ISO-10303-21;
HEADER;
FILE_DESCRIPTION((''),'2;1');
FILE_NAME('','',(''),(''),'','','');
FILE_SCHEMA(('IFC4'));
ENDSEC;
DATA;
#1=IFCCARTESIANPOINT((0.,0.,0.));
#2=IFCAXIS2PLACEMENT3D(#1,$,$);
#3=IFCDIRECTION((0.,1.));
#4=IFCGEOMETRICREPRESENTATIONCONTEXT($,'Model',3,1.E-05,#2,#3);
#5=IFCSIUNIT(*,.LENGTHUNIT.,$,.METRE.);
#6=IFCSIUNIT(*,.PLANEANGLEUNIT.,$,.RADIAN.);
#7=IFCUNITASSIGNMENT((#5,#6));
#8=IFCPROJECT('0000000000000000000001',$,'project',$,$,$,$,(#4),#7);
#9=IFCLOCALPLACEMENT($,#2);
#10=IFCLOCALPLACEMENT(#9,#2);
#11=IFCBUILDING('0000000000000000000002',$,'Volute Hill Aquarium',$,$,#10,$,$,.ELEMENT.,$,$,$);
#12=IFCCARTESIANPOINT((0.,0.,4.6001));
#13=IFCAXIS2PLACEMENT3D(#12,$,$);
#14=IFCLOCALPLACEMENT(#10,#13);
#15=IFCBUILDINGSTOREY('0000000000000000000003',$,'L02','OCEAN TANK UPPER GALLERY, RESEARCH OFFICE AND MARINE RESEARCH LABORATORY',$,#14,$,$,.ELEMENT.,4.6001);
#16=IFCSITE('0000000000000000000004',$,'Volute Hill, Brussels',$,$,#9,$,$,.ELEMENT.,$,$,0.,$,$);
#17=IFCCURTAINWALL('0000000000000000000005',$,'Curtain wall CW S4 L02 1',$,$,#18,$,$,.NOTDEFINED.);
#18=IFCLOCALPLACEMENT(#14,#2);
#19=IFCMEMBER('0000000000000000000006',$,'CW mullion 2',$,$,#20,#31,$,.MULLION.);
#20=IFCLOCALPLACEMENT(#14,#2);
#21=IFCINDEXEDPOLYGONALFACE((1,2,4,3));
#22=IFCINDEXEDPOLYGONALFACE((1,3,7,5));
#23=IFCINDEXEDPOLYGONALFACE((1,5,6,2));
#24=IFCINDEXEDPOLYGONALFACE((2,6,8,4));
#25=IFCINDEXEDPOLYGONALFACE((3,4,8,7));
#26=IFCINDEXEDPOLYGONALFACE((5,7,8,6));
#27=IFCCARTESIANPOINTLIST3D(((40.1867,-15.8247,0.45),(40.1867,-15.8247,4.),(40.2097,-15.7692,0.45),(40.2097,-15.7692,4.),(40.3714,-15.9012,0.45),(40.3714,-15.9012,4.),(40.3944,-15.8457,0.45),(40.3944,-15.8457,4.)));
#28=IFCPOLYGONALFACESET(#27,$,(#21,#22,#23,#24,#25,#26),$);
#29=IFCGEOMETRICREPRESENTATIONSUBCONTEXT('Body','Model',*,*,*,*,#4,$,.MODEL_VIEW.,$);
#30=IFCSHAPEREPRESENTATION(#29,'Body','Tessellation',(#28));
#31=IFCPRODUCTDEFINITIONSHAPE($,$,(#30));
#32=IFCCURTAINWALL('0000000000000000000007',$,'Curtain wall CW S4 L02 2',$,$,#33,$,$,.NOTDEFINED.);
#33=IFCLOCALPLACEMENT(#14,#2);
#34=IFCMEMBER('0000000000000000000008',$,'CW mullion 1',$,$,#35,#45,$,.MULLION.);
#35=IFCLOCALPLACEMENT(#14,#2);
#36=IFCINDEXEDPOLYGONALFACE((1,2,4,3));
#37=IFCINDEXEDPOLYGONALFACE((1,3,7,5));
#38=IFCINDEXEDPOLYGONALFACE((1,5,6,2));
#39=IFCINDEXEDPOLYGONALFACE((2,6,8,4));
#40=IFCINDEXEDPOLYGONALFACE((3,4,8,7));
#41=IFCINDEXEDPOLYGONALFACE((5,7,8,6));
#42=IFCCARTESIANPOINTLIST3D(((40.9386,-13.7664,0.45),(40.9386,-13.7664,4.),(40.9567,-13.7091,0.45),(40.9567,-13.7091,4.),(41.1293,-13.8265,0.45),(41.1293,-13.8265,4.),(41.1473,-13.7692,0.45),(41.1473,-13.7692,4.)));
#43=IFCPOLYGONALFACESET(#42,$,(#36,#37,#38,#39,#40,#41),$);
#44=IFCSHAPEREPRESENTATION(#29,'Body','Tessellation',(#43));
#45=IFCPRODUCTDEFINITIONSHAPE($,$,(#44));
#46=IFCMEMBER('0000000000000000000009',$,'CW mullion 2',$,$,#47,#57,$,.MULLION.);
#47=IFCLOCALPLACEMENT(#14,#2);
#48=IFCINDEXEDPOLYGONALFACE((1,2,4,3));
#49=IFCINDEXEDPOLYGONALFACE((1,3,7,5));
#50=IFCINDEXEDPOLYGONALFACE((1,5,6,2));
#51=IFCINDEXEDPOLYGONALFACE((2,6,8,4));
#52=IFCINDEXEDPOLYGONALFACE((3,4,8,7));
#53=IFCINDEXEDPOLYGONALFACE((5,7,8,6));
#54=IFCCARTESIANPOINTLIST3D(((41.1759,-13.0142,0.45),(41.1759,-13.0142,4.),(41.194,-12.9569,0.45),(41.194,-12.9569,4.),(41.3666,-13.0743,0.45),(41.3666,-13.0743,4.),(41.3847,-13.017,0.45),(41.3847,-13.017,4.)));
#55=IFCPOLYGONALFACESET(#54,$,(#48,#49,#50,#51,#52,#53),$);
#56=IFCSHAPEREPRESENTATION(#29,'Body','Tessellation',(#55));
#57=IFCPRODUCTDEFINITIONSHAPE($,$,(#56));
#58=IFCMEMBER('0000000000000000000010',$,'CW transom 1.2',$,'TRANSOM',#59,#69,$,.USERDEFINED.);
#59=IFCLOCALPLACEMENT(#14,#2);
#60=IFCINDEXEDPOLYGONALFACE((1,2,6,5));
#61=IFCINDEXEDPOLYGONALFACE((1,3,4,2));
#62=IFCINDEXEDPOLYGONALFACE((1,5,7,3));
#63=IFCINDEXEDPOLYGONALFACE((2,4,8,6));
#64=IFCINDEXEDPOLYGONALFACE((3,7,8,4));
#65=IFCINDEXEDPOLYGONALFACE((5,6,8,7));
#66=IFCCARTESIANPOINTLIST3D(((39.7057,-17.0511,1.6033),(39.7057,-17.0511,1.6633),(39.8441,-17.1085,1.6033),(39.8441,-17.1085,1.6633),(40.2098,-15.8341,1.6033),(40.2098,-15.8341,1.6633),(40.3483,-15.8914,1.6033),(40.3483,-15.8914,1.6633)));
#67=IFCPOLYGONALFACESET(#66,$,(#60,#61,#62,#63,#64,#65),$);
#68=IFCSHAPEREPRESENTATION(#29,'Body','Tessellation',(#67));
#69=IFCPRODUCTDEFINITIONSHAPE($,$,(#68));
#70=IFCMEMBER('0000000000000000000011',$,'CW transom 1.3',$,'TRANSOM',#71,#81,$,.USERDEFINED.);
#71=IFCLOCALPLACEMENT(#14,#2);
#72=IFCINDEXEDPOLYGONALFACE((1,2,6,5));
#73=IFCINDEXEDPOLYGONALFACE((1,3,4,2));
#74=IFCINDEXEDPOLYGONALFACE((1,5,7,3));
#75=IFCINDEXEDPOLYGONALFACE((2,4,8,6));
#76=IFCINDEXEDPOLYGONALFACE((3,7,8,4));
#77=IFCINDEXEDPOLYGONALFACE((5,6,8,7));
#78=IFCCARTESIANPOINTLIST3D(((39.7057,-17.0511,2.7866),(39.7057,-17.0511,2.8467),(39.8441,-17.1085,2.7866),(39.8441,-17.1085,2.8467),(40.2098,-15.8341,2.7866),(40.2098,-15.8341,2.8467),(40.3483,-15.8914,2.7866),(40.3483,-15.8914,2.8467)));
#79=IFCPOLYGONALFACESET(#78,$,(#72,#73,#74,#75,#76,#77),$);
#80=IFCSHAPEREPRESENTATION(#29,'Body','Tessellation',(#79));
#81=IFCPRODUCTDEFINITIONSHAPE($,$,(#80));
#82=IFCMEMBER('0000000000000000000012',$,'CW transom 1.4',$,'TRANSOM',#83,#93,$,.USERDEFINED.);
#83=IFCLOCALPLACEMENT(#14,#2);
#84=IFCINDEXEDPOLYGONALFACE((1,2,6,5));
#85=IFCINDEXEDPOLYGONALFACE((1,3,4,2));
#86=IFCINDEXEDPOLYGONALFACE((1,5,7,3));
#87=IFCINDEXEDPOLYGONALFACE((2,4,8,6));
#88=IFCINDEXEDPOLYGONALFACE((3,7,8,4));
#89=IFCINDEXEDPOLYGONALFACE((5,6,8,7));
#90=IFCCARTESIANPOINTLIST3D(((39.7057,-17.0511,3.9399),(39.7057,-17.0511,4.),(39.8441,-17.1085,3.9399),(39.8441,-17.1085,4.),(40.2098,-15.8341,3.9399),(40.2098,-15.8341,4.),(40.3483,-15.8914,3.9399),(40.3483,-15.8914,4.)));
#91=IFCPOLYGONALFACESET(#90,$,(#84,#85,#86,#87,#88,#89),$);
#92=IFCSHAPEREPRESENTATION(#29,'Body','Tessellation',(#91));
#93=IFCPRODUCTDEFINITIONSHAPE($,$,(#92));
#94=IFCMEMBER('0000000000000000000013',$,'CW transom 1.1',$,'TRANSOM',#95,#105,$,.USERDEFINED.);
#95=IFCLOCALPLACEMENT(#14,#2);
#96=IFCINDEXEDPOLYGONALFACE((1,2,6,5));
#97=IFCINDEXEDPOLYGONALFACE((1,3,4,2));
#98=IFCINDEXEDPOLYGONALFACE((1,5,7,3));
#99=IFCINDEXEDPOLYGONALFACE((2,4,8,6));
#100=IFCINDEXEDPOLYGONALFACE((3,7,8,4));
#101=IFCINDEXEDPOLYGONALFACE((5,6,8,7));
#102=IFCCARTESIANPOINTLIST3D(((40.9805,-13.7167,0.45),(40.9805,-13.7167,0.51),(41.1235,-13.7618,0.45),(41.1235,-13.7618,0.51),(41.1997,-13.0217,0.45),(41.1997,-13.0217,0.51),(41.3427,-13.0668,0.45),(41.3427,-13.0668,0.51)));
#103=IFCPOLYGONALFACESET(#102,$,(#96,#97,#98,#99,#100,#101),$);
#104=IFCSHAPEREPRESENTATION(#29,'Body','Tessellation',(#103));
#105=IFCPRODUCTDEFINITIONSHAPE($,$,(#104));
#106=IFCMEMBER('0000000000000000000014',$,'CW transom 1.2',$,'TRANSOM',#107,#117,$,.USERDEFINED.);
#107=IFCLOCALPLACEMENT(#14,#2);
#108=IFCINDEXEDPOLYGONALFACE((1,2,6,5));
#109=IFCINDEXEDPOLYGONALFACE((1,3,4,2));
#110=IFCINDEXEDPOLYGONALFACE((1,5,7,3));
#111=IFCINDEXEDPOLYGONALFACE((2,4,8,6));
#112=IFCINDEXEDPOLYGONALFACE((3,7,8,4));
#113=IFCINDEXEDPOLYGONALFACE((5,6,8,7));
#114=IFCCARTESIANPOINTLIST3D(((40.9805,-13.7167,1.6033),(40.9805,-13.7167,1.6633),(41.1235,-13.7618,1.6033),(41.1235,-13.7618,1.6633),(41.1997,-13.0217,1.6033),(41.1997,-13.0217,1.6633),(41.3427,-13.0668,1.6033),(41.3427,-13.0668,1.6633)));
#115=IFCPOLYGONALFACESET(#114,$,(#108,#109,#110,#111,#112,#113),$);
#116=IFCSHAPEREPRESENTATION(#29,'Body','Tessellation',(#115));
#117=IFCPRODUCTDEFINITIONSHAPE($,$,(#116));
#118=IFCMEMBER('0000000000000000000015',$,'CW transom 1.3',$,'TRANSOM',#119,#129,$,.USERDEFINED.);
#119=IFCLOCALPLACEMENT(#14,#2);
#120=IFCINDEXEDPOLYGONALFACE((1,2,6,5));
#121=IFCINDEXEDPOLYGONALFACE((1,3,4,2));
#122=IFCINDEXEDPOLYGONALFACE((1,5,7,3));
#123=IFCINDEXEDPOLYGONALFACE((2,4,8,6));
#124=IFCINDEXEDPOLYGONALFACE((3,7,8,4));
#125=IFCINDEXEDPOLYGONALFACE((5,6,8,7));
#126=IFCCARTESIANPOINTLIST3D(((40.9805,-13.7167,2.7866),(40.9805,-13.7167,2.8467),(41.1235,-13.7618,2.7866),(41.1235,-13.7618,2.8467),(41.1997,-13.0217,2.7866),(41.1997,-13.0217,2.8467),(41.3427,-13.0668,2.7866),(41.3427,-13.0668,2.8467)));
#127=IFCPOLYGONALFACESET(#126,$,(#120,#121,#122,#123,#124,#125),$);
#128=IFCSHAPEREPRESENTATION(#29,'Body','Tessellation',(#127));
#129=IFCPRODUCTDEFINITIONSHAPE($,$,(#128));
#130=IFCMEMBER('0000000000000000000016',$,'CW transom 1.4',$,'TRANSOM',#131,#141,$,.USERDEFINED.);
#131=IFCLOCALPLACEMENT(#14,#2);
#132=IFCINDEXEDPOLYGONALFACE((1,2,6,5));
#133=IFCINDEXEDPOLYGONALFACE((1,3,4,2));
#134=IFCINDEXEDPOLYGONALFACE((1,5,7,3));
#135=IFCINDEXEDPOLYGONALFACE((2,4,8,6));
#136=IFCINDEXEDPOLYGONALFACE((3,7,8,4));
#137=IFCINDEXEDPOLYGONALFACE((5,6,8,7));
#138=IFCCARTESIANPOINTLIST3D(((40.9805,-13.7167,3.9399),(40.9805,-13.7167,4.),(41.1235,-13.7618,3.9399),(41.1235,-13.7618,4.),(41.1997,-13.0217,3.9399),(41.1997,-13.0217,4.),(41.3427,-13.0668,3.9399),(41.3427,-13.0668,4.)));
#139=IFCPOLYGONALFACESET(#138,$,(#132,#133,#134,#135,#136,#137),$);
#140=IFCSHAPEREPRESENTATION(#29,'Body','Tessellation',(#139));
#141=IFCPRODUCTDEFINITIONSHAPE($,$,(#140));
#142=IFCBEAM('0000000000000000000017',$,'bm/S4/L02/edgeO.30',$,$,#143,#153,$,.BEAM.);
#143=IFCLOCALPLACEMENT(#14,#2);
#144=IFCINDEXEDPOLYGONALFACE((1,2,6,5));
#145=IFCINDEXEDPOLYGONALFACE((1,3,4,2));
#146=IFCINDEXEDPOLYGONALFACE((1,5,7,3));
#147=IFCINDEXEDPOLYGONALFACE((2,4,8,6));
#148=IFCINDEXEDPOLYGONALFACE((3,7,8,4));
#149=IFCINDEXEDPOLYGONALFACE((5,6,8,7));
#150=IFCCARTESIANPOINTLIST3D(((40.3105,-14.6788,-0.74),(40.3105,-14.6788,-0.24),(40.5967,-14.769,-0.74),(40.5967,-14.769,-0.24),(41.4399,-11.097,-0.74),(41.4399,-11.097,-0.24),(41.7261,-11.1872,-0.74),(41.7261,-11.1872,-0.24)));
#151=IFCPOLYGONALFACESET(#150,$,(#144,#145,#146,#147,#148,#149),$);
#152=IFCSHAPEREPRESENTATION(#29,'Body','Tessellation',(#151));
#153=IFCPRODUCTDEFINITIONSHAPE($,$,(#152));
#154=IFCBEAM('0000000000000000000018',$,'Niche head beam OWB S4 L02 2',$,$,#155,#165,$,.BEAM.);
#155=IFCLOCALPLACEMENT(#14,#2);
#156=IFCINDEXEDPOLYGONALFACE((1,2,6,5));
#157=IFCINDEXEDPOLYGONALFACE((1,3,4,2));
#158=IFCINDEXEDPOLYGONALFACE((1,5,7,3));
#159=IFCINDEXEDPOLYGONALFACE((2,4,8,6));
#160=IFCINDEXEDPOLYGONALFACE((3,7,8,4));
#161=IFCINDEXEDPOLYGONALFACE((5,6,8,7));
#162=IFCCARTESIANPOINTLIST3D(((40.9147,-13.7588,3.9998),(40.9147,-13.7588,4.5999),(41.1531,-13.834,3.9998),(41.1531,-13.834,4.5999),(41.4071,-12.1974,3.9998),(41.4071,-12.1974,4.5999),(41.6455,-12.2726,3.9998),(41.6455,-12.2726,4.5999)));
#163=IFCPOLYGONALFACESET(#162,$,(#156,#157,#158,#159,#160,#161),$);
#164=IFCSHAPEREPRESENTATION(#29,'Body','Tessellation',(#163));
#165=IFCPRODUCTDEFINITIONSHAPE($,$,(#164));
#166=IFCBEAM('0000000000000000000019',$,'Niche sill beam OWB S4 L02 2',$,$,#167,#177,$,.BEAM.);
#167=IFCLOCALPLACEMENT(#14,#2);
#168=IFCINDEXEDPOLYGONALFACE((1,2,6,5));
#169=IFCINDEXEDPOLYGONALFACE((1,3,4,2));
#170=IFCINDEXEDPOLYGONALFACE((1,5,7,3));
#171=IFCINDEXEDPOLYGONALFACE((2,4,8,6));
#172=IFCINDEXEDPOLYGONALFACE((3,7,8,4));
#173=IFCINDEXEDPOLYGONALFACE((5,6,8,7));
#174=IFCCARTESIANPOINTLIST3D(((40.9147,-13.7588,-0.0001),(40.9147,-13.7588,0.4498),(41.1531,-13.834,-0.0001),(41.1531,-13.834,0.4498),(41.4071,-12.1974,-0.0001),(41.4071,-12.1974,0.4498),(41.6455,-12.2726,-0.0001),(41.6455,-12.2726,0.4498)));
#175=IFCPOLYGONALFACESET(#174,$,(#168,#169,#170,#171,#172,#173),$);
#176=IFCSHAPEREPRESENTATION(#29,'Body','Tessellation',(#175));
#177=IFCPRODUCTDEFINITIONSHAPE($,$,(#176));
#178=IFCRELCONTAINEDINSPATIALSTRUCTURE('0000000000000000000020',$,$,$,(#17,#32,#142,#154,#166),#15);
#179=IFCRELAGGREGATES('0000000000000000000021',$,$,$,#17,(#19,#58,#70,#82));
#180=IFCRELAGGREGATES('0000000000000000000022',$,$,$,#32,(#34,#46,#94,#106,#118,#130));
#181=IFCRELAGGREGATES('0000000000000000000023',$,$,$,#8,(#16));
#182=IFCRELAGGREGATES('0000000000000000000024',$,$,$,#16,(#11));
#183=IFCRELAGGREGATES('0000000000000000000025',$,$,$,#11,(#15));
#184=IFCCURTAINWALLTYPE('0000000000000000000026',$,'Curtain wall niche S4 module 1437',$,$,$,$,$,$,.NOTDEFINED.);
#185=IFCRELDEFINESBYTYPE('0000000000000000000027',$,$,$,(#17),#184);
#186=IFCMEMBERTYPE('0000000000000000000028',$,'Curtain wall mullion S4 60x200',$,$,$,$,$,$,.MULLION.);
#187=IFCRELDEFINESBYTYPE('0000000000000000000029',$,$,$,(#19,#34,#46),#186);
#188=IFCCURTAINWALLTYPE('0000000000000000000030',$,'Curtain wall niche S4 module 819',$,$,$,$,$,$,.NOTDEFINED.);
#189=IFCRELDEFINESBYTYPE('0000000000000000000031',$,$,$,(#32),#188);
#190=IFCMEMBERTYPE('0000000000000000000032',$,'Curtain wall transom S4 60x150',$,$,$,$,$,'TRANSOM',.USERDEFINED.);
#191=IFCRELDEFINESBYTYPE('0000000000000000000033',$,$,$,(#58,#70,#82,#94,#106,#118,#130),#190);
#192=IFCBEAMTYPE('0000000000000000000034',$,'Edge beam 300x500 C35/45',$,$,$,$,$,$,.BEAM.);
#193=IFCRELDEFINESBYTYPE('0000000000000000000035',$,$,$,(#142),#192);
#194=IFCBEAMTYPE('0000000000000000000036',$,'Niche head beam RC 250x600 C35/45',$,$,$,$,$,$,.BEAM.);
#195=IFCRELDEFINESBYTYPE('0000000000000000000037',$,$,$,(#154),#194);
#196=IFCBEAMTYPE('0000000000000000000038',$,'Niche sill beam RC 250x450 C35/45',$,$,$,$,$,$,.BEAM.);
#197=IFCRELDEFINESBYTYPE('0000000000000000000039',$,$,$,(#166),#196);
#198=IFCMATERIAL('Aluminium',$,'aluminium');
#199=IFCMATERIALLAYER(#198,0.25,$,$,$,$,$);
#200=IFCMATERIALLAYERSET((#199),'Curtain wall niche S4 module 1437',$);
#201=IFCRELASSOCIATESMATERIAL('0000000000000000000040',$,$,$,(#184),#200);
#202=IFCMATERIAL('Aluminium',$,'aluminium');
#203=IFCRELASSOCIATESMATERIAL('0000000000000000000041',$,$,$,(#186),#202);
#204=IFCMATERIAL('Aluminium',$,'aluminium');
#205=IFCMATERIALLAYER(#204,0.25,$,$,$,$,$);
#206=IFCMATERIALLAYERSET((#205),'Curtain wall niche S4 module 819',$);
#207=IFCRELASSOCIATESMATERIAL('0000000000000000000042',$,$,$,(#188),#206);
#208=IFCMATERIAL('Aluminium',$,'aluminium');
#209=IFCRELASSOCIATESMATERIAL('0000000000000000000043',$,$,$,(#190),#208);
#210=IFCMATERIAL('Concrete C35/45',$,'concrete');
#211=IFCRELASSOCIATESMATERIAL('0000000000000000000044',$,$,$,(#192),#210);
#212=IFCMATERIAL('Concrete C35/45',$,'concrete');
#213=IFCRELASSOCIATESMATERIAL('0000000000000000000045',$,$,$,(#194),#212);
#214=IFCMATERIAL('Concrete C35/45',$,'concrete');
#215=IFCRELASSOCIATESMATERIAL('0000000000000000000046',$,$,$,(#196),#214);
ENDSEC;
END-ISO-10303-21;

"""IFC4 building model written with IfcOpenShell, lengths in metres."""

from ifc_helpers import new_model, si_unit, direction, frame, origin, origin_2d, place, context, subcontext, project, spatial, rectangle, extrude, material, layer, layer_set, material_profile, profile_set, type_object, element, aggregate, save


model = new_model("IFC4")

# Units and contexts
model_context = context("Model", 3, precision=1e-05, world=origin(), true_north=direction((0.0, 1.0)))
body_context = subcontext(model_context, "Body", "Model", "MODEL_VIEW")
ifc_project = project(units=[si_unit("LENGTHUNIT", "METRE"), si_unit("PLANEANGLEUNIT", "RADIAN")], contexts=[model_context])

# Site, building, storey
site_placement = place(None, origin())
site = spatial("IfcSite", under=ifc_project, at=site_placement, Name="Volute Hill, Brussels", CompositionType="ELEMENT", RefElevation=0.0)
building_placement = place(site_placement, origin())
building = spatial("IfcBuilding", under=site, at=building_placement, Name="Volute Hill Aquarium", CompositionType="ELEMENT")
storey_placement = place(building_placement, frame((0.0, 0.0, 4.6001)))
storey = spatial("IfcBuildingStorey", under=building, at=storey_placement, Name="L02", Description="OCEAN TANK UPPER GALLERY, RESEARCH OFFICE AND MARINE RESEARCH LABORATORY", CompositionType="ELEMENT", Elevation=4.6001)

# Curtain wall, member
ifc_material_1 = material(Name="Aluminium", Category="aluminium")
ifc_layer_1 = layer(ifc_material_1, 0.25)
ifc_layer_set_1 = layer_set([ifc_layer_1], Name="Curtain wall niche S4 module 1437")
curtain_wall_type_1 = type_object("IfcCurtainWallType", Name="Curtain wall niche S4 module 1437", PredefinedType="NOTDEFINED", material=ifc_layer_set_1)
curtain_wall_1_placement = place(storey_placement, origin())
curtain_wall_1 = element("IfcCurtainWall", 1, at=curtain_wall_1_placement, inside=storey, type_object=curtain_wall_type_1, Name="Curtain wall CW S4 L02 1", PredefinedType="NOTDEFINED")
ifc_material_2 = material(Name="Aluminium", Category="aluminium")
ifc_material_profile_1 = material_profile(ifc_material_2, rectangle(XDim=0.2, YDim=0.0601, at=origin_2d()), Name="Curtain wall mullion S4 60x200")
ifc_profile_set_1 = profile_set([ifc_material_profile_1], Name="Aluminium")
member_type_1 = type_object("IfcMemberType", Name="Curtain wall mullion S4 60x200", PredefinedType="MULLION", material=ifc_profile_set_1)
member_1_placement = place(storey_placement, frame((40.2905, -15.8352, 0.45), z_axis=(0.0, 0.0, 1.0), x_axis=(-0.923874, 0.382697, 0.0)))
member_1 = element("IfcMember", 2, at=member_1_placement, type_object=member_type_1, Name="CW mullion 2", PredefinedType="MULLION", context=body_context, shape_type="SweptSolid", body=[
    extrude(rectangle(XDim=0.2, YDim=0.0601, at=origin_2d()), origin(), (0.0, 0.0, 1.0), 3.55),
])

# Curtain wall, members
ifc_material_3 = material(Name="Aluminium", Category="aluminium")
ifc_layer_2 = layer(ifc_material_3, 0.25)
ifc_layer_set_2 = layer_set([ifc_layer_2], Name="Curtain wall niche S4 module 819")
curtain_wall_type_2 = type_object("IfcCurtainWallType", Name="Curtain wall niche S4 module 819", PredefinedType="NOTDEFINED", material=ifc_layer_set_2)
curtain_wall_2_placement = place(storey_placement, origin())
curtain_wall_2 = element("IfcCurtainWall", 3, at=curtain_wall_2_placement, inside=storey, type_object=curtain_wall_type_2, Name="Curtain wall CW S4 L02 2", PredefinedType="NOTDEFINED")
member_2_placement = place(storey_placement, frame((41.043, -13.7678, 0.45), z_axis=(0.0, 0.0, 1.0), x_axis=(-0.953716, 0.30071, 0.0)))
member_2 = element("IfcMember", 4, at=member_2_placement, type_object=member_type_1, Name="CW mullion 1", PredefinedType="MULLION", context=body_context, shape_type="SweptSolid", body=[
    extrude(rectangle(XDim=0.2, YDim=0.0601, at=origin_2d()), origin(), (0.0, 0.0, 1.0), 3.55),
])
member_3_placement = place(storey_placement, frame((41.2803, -13.0156, 0.45), z_axis=(0.0, 0.0, 1.0), x_axis=(-0.953716, 0.30071, 0.0)))
member_3 = element("IfcMember", 5, at=member_3_placement, type_object=member_type_1, Name="CW mullion 2", PredefinedType="MULLION", context=body_context, shape_type="SweptSolid", body=[
    extrude(rectangle(XDim=0.2, YDim=0.0601, at=origin_2d()), origin(), (0.0, 0.0, 1.0), 3.55),
])

# Members
ifc_material_4 = material(Name="Aluminium", Category="aluminium")
ifc_material_profile_2 = material_profile(ifc_material_4, rectangle(XDim=0.1499, YDim=0.0601, at=origin_2d()), Name="Curtain wall transom S4 60x150")
ifc_profile_set_2 = profile_set([ifc_material_profile_2], Name="Aluminium")
member_type_2 = type_object("IfcMemberType", Name="Curtain wall transom S4 60x150", ElementType="TRANSOM", PredefinedType="USERDEFINED", material=ifc_profile_set_2)
member_4_placement = place(storey_placement, frame((39.7749, -17.0798, 1.6333), z_axis=(0.382706, 0.92387, 0.0), x_axis=(-0.92387, 0.382706, 0.0)))
member_4 = element("IfcMember", 6, at=member_4_placement, type_object=member_type_2, Name="CW transom 1.2", ObjectType="TRANSOM", PredefinedType="USERDEFINED", context=body_context, shape_type="SweptSolid", body=[
    extrude(rectangle(XDim=0.1499, YDim=0.0601, at=origin_2d()), origin(), (0.0, 0.0, 1.0), 1.3174),
])
member_5_placement = place(storey_placement, frame((39.7749, -17.0798, 2.8167), z_axis=(0.382706, 0.92387, 0.0), x_axis=(-0.92387, 0.382706, 0.0)))
member_5 = element("IfcMember", 7, at=member_5_placement, type_object=member_type_2, Name="CW transom 1.3", ObjectType="TRANSOM", PredefinedType="USERDEFINED", context=body_context, shape_type="SweptSolid", body=[
    extrude(rectangle(XDim=0.1499, YDim=0.0601, at=origin_2d()), origin(), (0.0, 0.0, 1.0), 1.3174),
])
member_6_placement = place(storey_placement, frame((39.7749, -17.0798, 3.97), z_axis=(0.382706, 0.92387, 0.0), x_axis=(-0.92387, 0.382706, 0.0)))
member_6 = element("IfcMember", 8, at=member_6_placement, type_object=member_type_2, Name="CW transom 1.4", ObjectType="TRANSOM", PredefinedType="USERDEFINED", context=body_context, shape_type="SweptSolid", body=[
    extrude(rectangle(XDim=0.1499, YDim=0.0601, at=origin_2d()), origin(), (0.0, 0.0, 1.0), 1.3174),
])
member_7_placement = place(storey_placement, frame((41.052, -13.7393, 0.48), z_axis=(0.300811, 0.953684, 0.0), x_axis=(-0.953684, 0.300811, 0.0)))
member_7 = element("IfcMember", 9, at=member_7_placement, type_object=member_type_2, Name="CW transom 1.1", ObjectType="TRANSOM", PredefinedType="USERDEFINED", context=body_context, shape_type="SweptSolid", body=[
    extrude(rectangle(XDim=0.1499, YDim=0.0601, at=origin_2d()), origin(), (0.0, 0.0, 1.0), 0.7288),
])
member_8_placement = place(storey_placement, frame((41.052, -13.7393, 1.6333), z_axis=(0.300811, 0.953684, 0.0), x_axis=(-0.953684, 0.300811, 0.0)))
member_8 = element("IfcMember", 10, at=member_8_placement, type_object=member_type_2, Name="CW transom 1.2", ObjectType="TRANSOM", PredefinedType="USERDEFINED", context=body_context, shape_type="SweptSolid", body=[
    extrude(rectangle(XDim=0.1499, YDim=0.0601, at=origin_2d()), origin(), (0.0, 0.0, 1.0), 0.7288),
])
member_9_placement = place(storey_placement, frame((41.052, -13.7393, 2.8167), z_axis=(0.300811, 0.953684, 0.0), x_axis=(-0.953684, 0.300811, 0.0)))
member_9 = element("IfcMember", 11, at=member_9_placement, type_object=member_type_2, Name="CW transom 1.3", ObjectType="TRANSOM", PredefinedType="USERDEFINED", context=body_context, shape_type="SweptSolid", body=[
    extrude(rectangle(XDim=0.1499, YDim=0.0601, at=origin_2d()), origin(), (0.0, 0.0, 1.0), 0.7288),
])
member_10_placement = place(storey_placement, frame((41.052, -13.7393, 3.97), z_axis=(0.300811, 0.953684, 0.0), x_axis=(-0.953684, 0.300811, 0.0)))
member_10 = element("IfcMember", 12, at=member_10_placement, type_object=member_type_2, Name="CW transom 1.4", ObjectType="TRANSOM", PredefinedType="USERDEFINED", context=body_context, shape_type="SweptSolid", body=[
    extrude(rectangle(XDim=0.1499, YDim=0.0601, at=origin_2d()), origin(), (0.0, 0.0, 1.0), 0.7288),
])

# Beams
ifc_material_5 = material(Name="Concrete C35/45", Category="concrete")
ifc_material_profile_3 = material_profile(ifc_material_5, rectangle(XDim=0.3, YDim=0.5, at=origin_2d()), Name="RC edge beam 300x500")
ifc_profile_set_3 = profile_set([ifc_material_profile_3], Name="Concrete C35/45")
beam_type_1 = type_object("IfcBeamType", Name="Edge beam 300x500 C35/45", PredefinedType="BEAM", material=ifc_profile_set_3)
beam_1_placement = place(storey_placement, frame((40.4536, -14.7239, -0.49), z_axis=(0.300721, 0.953712, 0.0), x_axis=(-0.953712, 0.300721, 0.0)))
element("IfcBeam", 13, at=beam_1_placement, inside=storey, type_object=beam_type_1, Name="bm/S4/L02/edgeO.30", PredefinedType="BEAM", context=body_context, shape_type="SweptSolid", body=[
    extrude(rectangle(XDim=0.3, YDim=0.5, at=origin_2d()), origin(), (0.0, 0.0, 1.0), 3.7556),
])
ifc_material_6 = material(Name="Concrete C35/45", Category="concrete")
ifc_material_profile_4 = material_profile(ifc_material_6, rectangle(XDim=0.25, YDim=0.6001, at=origin_2d()), Name="RC beam 250x600")
ifc_profile_set_4 = profile_set([ifc_material_profile_4], Name="Concrete C35/45")
beam_type_2 = type_object("IfcBeamType", Name="Niche head beam RC 250x600 C35/45", PredefinedType="BEAM", material=ifc_profile_set_4)
beam_2_placement = place(storey_placement, frame((41.0339, -13.7964, 4.2998), z_axis=(0.300753, 0.953702, 0.0), x_axis=(-0.953702, 0.300753, 0.0)))
element("IfcBeam", 14, at=beam_2_placement, inside=storey, type_object=beam_type_2, Name="Niche head beam OWB S4 L02 2", PredefinedType="BEAM", context=body_context, shape_type="SweptSolid", body=[
    extrude(rectangle(XDim=0.25, YDim=0.6001, at=origin_2d()), origin(), (0.0, 0.0, 1.0), 1.6372),
])
ifc_material_7 = material(Name="Concrete C35/45", Category="concrete")
ifc_material_profile_5 = material_profile(ifc_material_7, rectangle(XDim=0.25, YDim=0.45, at=origin_2d()), Name="RC beam 250x450")
ifc_profile_set_5 = profile_set([ifc_material_profile_5], Name="Concrete C35/45")
beam_type_3 = type_object("IfcBeamType", Name="Niche sill beam RC 250x450 C35/45", PredefinedType="BEAM", material=ifc_profile_set_5)
beam_3_placement = place(storey_placement, frame((41.0339, -13.7964, 0.2249), z_axis=(0.300753, 0.953702, 0.0), x_axis=(-0.953702, 0.300753, 0.0)))
element("IfcBeam", 15, at=beam_3_placement, inside=storey, type_object=beam_type_3, Name="Niche sill beam OWB S4 L02 2", PredefinedType="BEAM", context=body_context, shape_type="SweptSolid", body=[
    extrude(rectangle(XDim=0.25, YDim=0.45, at=origin_2d()), origin(), (0.0, 0.0, 1.0), 1.6372),
])

aggregate(curtain_wall_1, [member_1, member_4, member_5, member_6])
aggregate(curtain_wall_2, [member_2, member_3, member_7, member_8, member_9, member_10])

save(model, "model.ifc")
